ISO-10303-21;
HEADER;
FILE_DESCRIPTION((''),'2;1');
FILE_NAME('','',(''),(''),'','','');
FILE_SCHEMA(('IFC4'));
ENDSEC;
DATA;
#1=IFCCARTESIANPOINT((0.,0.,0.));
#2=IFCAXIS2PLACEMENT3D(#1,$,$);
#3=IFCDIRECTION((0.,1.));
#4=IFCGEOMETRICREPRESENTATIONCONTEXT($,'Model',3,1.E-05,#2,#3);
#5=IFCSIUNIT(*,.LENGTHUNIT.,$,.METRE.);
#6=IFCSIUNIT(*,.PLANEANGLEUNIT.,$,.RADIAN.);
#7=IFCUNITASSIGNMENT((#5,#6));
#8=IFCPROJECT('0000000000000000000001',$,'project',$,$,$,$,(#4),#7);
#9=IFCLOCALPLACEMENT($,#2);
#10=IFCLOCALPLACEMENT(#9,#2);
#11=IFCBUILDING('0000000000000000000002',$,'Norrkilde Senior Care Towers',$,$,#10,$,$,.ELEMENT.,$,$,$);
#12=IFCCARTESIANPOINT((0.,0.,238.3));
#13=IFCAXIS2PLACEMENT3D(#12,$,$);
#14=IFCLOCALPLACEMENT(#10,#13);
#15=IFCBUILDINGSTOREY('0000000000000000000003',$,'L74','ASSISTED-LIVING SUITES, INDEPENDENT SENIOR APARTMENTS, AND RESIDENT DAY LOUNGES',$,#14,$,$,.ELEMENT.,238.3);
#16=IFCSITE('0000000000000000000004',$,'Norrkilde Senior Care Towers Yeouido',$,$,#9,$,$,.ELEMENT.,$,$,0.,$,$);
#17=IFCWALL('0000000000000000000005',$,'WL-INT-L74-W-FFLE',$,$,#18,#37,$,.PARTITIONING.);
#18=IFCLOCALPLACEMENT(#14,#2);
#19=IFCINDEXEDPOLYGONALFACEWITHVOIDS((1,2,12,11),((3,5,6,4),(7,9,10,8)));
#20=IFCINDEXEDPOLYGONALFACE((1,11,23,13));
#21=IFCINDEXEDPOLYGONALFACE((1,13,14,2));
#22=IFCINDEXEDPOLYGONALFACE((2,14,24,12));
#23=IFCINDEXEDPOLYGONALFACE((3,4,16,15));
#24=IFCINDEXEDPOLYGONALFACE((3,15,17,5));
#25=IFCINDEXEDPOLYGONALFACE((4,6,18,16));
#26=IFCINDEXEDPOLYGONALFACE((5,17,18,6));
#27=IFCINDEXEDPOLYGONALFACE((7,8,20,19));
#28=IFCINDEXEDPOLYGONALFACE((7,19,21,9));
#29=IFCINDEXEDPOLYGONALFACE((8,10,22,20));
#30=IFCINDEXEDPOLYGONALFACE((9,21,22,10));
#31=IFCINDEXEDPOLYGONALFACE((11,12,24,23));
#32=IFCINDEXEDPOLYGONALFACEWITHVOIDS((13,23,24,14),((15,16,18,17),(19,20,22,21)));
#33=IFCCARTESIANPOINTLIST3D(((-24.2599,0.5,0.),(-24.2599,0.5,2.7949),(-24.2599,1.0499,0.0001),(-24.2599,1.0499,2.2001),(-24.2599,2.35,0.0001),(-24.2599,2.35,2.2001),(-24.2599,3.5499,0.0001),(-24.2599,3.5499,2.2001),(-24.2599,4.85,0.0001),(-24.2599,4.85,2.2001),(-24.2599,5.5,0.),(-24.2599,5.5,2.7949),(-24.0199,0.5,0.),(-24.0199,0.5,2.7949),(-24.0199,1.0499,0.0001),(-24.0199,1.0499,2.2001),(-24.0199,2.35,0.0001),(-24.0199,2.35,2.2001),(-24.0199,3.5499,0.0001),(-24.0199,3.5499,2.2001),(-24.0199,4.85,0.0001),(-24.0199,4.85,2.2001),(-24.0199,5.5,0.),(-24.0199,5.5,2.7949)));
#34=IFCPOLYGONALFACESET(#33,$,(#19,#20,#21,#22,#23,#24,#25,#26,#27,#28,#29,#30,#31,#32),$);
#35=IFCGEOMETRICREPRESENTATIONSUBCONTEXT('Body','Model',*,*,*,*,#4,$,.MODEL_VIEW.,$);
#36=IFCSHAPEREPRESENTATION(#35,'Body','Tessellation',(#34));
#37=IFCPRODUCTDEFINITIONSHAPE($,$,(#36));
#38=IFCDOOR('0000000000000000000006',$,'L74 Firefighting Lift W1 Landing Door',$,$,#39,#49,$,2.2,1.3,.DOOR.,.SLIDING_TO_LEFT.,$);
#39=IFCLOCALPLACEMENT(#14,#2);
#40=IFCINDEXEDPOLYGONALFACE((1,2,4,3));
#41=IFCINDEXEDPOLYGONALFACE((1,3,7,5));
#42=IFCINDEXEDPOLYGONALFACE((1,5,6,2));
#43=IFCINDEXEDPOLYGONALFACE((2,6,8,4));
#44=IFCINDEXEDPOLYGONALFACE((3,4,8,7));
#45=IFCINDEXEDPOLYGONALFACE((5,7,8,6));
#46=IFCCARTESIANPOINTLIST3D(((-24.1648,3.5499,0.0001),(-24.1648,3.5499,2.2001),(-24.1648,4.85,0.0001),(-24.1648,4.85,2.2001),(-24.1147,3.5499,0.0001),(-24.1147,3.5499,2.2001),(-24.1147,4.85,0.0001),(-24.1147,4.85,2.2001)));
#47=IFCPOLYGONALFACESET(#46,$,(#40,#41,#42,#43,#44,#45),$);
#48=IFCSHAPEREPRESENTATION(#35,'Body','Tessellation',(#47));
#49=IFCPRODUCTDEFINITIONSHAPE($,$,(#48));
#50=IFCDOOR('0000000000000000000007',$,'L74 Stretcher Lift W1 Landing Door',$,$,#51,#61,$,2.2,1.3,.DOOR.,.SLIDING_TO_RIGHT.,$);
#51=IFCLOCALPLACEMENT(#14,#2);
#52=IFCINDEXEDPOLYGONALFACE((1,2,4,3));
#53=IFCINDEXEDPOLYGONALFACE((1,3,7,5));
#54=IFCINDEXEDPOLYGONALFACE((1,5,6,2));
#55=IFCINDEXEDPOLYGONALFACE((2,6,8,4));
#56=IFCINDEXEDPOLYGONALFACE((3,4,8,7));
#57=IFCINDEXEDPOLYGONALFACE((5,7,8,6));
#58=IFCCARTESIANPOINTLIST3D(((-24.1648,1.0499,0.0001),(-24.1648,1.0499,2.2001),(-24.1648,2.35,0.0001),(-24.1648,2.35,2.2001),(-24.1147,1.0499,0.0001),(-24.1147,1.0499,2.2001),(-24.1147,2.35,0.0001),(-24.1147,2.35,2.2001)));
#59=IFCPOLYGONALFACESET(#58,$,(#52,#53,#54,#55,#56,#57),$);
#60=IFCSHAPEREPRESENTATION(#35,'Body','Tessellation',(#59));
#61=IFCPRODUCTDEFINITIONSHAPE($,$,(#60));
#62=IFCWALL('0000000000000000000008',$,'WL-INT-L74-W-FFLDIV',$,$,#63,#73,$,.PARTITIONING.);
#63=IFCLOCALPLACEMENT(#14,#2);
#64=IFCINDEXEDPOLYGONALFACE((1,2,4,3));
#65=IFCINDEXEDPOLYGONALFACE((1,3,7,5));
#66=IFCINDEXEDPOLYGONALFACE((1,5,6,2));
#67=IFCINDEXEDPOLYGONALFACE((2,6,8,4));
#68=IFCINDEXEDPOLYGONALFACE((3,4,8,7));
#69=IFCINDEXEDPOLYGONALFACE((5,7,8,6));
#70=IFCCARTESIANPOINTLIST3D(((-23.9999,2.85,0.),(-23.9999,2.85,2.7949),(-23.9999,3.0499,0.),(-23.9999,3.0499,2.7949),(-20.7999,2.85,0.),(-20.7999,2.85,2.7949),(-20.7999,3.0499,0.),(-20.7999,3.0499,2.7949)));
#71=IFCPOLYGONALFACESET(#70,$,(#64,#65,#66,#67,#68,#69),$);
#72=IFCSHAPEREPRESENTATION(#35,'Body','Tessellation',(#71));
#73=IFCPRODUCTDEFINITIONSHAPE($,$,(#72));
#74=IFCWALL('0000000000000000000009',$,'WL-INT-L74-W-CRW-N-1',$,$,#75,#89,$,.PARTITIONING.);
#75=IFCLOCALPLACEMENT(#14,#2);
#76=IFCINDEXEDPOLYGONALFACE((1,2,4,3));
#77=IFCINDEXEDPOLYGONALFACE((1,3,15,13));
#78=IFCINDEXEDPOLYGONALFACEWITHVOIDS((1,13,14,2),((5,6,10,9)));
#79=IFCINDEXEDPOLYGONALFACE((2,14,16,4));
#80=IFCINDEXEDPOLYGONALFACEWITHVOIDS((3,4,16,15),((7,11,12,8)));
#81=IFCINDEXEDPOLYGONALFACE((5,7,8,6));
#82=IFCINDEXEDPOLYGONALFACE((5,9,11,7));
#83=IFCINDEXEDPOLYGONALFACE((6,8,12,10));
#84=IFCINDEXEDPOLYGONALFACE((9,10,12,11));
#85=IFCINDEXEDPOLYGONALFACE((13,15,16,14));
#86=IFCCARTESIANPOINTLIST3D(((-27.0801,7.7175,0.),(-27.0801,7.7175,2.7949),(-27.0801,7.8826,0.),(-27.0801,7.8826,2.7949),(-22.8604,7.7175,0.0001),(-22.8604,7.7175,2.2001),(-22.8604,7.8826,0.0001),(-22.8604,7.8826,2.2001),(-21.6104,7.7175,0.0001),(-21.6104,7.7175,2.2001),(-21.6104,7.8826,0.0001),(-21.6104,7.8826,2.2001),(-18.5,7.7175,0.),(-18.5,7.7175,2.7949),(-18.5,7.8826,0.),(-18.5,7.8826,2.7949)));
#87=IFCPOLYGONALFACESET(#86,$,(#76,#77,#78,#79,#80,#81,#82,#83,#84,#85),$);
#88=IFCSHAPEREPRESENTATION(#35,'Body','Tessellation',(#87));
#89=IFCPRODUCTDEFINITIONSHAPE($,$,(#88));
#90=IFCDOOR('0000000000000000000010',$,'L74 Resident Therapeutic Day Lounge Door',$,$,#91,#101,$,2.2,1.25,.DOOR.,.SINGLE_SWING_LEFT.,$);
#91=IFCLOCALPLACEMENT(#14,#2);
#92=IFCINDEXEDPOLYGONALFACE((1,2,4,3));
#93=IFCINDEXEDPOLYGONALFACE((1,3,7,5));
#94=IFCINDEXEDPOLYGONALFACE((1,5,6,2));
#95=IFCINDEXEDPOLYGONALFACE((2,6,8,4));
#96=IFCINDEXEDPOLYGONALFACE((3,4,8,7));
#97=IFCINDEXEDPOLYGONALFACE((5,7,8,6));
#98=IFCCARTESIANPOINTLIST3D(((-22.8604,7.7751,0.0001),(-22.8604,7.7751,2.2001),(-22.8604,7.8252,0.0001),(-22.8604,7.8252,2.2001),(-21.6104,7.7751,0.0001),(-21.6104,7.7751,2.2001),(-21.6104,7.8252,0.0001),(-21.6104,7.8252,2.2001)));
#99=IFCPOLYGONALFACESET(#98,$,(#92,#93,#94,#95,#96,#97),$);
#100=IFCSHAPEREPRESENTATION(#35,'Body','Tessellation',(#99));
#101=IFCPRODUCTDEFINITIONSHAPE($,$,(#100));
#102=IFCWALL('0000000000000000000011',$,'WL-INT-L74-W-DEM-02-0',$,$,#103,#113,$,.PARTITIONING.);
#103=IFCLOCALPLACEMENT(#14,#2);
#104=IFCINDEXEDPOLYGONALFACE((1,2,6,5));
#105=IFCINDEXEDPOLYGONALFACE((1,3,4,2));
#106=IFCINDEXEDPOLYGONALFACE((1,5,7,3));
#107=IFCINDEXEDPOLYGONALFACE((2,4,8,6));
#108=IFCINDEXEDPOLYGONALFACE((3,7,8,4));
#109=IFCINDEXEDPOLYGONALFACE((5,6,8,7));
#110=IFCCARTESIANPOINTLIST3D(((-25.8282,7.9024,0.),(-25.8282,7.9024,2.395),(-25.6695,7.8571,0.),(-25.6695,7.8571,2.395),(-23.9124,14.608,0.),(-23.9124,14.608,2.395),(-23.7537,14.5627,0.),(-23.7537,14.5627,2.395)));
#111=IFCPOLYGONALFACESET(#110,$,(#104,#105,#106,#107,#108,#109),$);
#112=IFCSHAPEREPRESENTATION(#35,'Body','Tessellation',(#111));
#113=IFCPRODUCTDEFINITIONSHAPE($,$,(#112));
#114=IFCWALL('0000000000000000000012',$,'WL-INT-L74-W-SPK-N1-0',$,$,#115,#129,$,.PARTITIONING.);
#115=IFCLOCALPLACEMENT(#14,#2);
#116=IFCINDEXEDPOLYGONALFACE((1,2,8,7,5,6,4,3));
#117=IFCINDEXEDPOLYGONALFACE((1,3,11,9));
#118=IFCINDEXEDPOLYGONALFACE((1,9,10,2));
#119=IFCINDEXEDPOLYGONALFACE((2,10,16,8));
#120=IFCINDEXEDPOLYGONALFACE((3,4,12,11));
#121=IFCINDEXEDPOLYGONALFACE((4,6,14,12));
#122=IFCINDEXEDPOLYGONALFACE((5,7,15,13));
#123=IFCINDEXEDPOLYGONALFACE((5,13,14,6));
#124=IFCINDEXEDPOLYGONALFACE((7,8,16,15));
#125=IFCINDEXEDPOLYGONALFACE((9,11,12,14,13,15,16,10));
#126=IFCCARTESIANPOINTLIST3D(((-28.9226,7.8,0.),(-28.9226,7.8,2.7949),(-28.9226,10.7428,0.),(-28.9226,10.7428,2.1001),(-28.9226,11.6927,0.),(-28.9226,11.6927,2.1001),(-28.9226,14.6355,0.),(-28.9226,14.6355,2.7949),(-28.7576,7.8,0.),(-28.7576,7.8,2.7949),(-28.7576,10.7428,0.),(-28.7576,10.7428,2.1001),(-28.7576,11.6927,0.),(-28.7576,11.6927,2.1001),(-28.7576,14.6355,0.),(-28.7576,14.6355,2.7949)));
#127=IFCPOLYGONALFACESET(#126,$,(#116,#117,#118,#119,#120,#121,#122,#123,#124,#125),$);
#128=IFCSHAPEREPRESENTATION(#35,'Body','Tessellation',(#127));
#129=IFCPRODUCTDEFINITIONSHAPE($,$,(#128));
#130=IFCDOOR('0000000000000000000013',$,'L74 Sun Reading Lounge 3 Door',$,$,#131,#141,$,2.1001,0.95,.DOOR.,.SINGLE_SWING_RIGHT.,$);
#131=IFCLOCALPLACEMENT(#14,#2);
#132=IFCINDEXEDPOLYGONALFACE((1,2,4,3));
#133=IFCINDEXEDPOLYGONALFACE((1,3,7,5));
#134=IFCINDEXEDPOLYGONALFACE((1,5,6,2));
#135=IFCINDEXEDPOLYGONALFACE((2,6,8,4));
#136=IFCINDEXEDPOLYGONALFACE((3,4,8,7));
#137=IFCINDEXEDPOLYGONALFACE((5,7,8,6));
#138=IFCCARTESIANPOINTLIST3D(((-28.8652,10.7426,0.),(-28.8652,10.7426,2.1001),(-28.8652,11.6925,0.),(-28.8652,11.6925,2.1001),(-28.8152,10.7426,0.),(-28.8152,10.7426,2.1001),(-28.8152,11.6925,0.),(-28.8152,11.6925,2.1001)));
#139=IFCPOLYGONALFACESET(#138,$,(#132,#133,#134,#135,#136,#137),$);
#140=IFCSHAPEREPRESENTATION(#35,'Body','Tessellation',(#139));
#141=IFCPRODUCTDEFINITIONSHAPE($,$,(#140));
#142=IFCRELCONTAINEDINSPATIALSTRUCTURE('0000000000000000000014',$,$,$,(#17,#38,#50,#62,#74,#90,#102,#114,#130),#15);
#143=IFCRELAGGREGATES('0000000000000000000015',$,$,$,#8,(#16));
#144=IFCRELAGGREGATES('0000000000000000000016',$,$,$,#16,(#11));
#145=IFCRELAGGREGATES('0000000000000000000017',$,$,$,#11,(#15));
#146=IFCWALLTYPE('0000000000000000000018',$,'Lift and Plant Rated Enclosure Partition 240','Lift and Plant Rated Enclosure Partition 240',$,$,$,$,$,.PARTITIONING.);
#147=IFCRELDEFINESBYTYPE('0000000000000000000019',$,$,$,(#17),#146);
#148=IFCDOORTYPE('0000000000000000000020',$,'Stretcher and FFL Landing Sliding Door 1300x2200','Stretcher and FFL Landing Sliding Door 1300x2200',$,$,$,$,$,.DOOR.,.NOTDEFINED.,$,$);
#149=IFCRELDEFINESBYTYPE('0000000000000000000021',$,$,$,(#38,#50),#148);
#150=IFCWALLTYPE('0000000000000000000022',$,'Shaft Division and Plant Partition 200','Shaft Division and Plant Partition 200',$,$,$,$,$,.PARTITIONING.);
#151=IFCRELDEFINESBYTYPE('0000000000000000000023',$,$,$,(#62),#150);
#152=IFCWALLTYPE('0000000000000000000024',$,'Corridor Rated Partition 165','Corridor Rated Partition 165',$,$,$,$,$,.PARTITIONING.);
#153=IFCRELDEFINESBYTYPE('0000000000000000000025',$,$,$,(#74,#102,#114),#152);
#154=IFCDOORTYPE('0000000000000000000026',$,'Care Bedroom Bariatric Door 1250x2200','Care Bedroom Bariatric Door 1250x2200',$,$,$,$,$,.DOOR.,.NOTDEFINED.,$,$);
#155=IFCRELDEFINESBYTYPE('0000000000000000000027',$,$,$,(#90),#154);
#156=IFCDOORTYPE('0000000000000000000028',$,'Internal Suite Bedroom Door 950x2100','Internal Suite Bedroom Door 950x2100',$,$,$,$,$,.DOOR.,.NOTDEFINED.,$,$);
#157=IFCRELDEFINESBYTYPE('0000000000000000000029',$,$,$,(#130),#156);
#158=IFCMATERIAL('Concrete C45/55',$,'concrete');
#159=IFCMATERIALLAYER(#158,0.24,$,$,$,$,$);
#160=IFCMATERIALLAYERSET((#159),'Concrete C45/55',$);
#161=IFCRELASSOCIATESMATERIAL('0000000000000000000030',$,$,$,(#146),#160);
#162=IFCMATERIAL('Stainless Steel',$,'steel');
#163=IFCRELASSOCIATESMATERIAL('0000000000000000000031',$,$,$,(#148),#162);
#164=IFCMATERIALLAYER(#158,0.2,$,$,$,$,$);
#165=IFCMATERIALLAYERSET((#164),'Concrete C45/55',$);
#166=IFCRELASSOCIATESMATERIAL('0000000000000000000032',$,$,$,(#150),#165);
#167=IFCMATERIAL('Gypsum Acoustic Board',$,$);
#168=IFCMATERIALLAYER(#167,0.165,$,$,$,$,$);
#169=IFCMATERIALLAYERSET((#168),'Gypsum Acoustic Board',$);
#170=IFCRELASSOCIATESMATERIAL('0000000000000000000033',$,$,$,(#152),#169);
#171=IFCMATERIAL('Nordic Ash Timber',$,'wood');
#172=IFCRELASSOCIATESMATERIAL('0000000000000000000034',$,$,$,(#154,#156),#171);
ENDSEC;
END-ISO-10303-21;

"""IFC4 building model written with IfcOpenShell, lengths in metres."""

from ifc_helpers import new_model, si_unit, direction, frame, frame_2d, origin, place, context, subcontext, project, spatial, rectangle, extrude, source, transform, mapped, material, layer, layer_set, type_object, type_shapes, element, fill, save


model = new_model("IFC4")

# Units and contexts
model_context = context("Model", 3, precision=1e-05, world=origin(), true_north=direction((0.0, 1.0)))
body_context = subcontext(model_context, "Body", "Model", "MODEL_VIEW")
ifc_project = project(units=[si_unit("LENGTHUNIT", "METRE"), si_unit("PLANEANGLEUNIT", "RADIAN")], contexts=[model_context])

# Site, building, storey
site_placement = place(None, origin())
site = spatial("IfcSite", under=ifc_project, at=site_placement, Name="Norrkilde Senior Care Towers Yeouido", CompositionType="ELEMENT", RefElevation=0.0)
building_placement = place(site_placement, origin())
building = spatial("IfcBuilding", under=site, at=building_placement, Name="Norrkilde Senior Care Towers", CompositionType="ELEMENT")
storey_placement = place(building_placement, frame((0.0, 0.0, 238.3)))
storey = spatial("IfcBuildingStorey", under=building, at=storey_placement, Name="L74", Description="ASSISTED-LIVING SUITES, INDEPENDENT SENIOR APARTMENTS, AND RESIDENT DAY LOUNGES", CompositionType="ELEMENT", Elevation=238.3)

# Wall, openings, doors
ifc_material_1 = material(Name="Concrete C45/55", Category="concrete")
ifc_layer_1 = layer(ifc_material_1, 0.24)
ifc_layer_set_1 = layer_set([ifc_layer_1], Name="Concrete C45/55")
wall_type_1 = type_object("IfcWallType", Name="Lift and Plant Rated Enclosure Partition 240", Description="Lift and Plant Rated Enclosure Partition 240", PredefinedType="PARTITIONING", material=ifc_layer_set_1)
shared_shape_1 = source(origin(), body_context, "Body", "SweptSolid", [
    extrude(rectangle(XDim=5.0, YDim=0.24, at=frame_2d((2.5, 0.0))), origin(), (0.0, 0.0, 1.0), 2.7949),
])
type_shapes(wall_type_1, [shared_shape_1])
wall_1_placement = place(storey_placement, frame((-24.1399, 0.5, 0.0), z_axis=(0.0, 0.0, 1.0), x_axis=(0.0, 1.0, 0.0)))
wall_1 = element("IfcWall", 1, at=wall_1_placement, inside=storey, type_object=wall_type_1, Name="WL-INT-L74-W-FFLE", PredefinedType="PARTITIONING", context=body_context, shape_type="MappedRepresentation", body=[
    mapped(shared_shape_1, transform((0.0, 0.0, 0.0), x_axis=(1.0, 0.0, 0.0), y_axis=(0.0, 1.0, 0.0), z_axis=(0.0, 0.0, 1.0), scale=1.0)),
])
opening_1_placement = place(wall_1_placement, frame((3.05, 0.0, 0.0)))
opening_1 = element("IfcOpeningElement", 2, at=opening_1_placement, cuts=wall_1, PredefinedType="OPENING", context=body_context, shape_type="SweptSolid", body=[
    extrude(rectangle(XDim=1.3, YDim=2.2, at=frame_2d((0.6499, 1.1001))), frame((0.0, 0.1299, 0.0), z_axis=(0.0, -1.0, 0.0), x_axis=(1.0, 0.0, 0.0)), (0.0, 0.0, 1.0), 0.26),
])
opening_2_placement = place(wall_1_placement, frame((0.55, 0.0, 0.0)))
opening_2 = element("IfcOpeningElement", 3, at=opening_2_placement, cuts=wall_1, PredefinedType="OPENING", context=body_context, shape_type="SweptSolid", body=[
    extrude(rectangle(XDim=1.3, YDim=2.2, at=frame_2d((0.6499, 1.1001))), frame((0.0, 0.1299, 0.0), z_axis=(0.0, -1.0, 0.0), x_axis=(1.0, 0.0, 0.0)), (0.0, 0.0, 1.0), 0.26),
])
ifc_material_2 = material(Name="Stainless Steel", Category="steel")
door_type_1 = type_object("IfcDoorType", Name="Stretcher and FFL Landing Sliding Door 1300x2200", Description="Stretcher and FFL Landing Sliding Door 1300x2200", OperationType="NOTDEFINED", PredefinedType="DOOR", material=ifc_material_2)
shared_shape_2 = source(origin(), body_context, "Body", "SweptSolid", [
    extrude(rectangle(XDim=1.3, YDim=2.2, at=frame_2d((0.6499, 1.1001))), frame((0.0, 0.0249, 0.0), z_axis=(0.0, -1.0, 0.0), x_axis=(1.0, 0.0, 0.0)), (0.0, 0.0, 1.0), 0.05),
])
type_shapes(door_type_1, [shared_shape_2])
door_1_placement = place(opening_1_placement, origin())
door_1 = element("IfcDoor", 4, at=door_1_placement, inside=storey, type_object=door_type_1, Name="L74 Firefighting Lift W1 Landing Door", OperationType="SLIDING_TO_LEFT", OverallHeight=2.2, OverallWidth=1.3, PredefinedType="DOOR", context=body_context, shape_type="MappedRepresentation", body=[
    mapped(shared_shape_2, transform((0.0, 0.0, 0.0), x_axis=(1.0, 0.0, 0.0), y_axis=(0.0, 1.0, 0.0), z_axis=(0.0, 0.0, 1.0), scale=1.0)),
])
fill(opening_1, door_1)
door_2_placement = place(opening_2_placement, origin())
door_2 = element("IfcDoor", 5, at=door_2_placement, inside=storey, type_object=door_type_1, Name="L74 Stretcher Lift W1 Landing Door", OperationType="SLIDING_TO_RIGHT", OverallHeight=2.2, OverallWidth=1.3, PredefinedType="DOOR", context=body_context, shape_type="MappedRepresentation", body=[
    mapped(shared_shape_2, transform((0.0, 0.0, 0.0), x_axis=(1.0, 0.0, 0.0), y_axis=(0.0, 1.0, 0.0), z_axis=(0.0, 0.0, 1.0), scale=1.0)),
])
fill(opening_2, door_2)

# Wall
ifc_layer_2 = layer(ifc_material_1, 0.2)
ifc_layer_set_2 = layer_set([ifc_layer_2], Name="Concrete C45/55")
wall_type_2 = type_object("IfcWallType", Name="Shaft Division and Plant Partition 200", Description="Shaft Division and Plant Partition 200", PredefinedType="PARTITIONING", material=ifc_layer_set_2)
shared_shape_3 = source(origin(), body_context, "Body", "SweptSolid", [
    extrude(rectangle(XDim=3.2, YDim=0.2, at=frame_2d((1.6001, 0.0))), origin(), (0.0, 0.0, 1.0), 2.7949),
])
type_shapes(wall_type_2, [shared_shape_3])
wall_2_placement = place(storey_placement, frame((-24.0, 2.95, 0.0), z_axis=(0.0, 0.0, 1.0), x_axis=(1.0, 0.0, 0.0)))
element("IfcWall", 6, at=wall_2_placement, inside=storey, type_object=wall_type_2, Name="WL-INT-L74-W-FFLDIV", PredefinedType="PARTITIONING", context=body_context, shape_type="MappedRepresentation", body=[
    mapped(shared_shape_3, transform((0.0, 0.0, 0.0), x_axis=(1.0, 0.0, 0.0), y_axis=(0.0, 1.0, 0.0), z_axis=(0.0, 0.0, 1.0), scale=1.0)),
])

# Wall, opening, door
ifc_material_3 = material(Name="Gypsum Acoustic Board")
ifc_layer_3 = layer(ifc_material_3, 0.165)
ifc_layer_set_3 = layer_set([ifc_layer_3], Name="Gypsum Acoustic Board")
wall_type_3 = type_object("IfcWallType", Name="Corridor Rated Partition 165", Description="Corridor Rated Partition 165", PredefinedType="PARTITIONING", material=ifc_layer_set_3)
shared_shape_4 = source(origin(), body_context, "Body", "SweptSolid", [
    extrude(rectangle(XDim=8.5801, YDim=0.165, at=frame_2d((4.29, 0.0))), origin(), (0.0, 0.0, 1.0), 2.7949),
])
wall_3_placement = place(storey_placement, frame((-27.0801, 7.8, 0.0), z_axis=(0.0, 0.0, 1.0), x_axis=(1.0, 0.0, 0.0)))
wall_3 = element("IfcWall", 7, at=wall_3_placement, inside=storey, type_object=wall_type_3, Name="WL-INT-L74-W-CRW-N-1", PredefinedType="PARTITIONING", context=body_context, shape_type="MappedRepresentation", body=[
    mapped(shared_shape_4, transform((0.0, 0.0, 0.0), x_axis=(1.0, 0.0, 0.0), y_axis=(0.0, 1.0, 0.0), z_axis=(0.0, 0.0, 1.0), scale=1.0)),
])
opening_3_placement = place(wall_3_placement, frame((4.2197, 0.0, 0.0)))
opening_3 = element("IfcOpeningElement", 8, at=opening_3_placement, cuts=wall_3, PredefinedType="OPENING", context=body_context, shape_type="SweptSolid", body=[
    extrude(rectangle(XDim=1.25, YDim=2.2, at=frame_2d((0.625, 1.1001))), frame((0.0, 0.0925, 0.0), z_axis=(0.0, -1.0, 0.0), x_axis=(1.0, 0.0, 0.0)), (0.0, 0.0, 1.0), 0.1851),
])
ifc_material_4 = material(Name="Nordic Ash Timber", Category="wood")
door_type_2 = type_object("IfcDoorType", Name="Care Bedroom Bariatric Door 1250x2200", Description="Care Bedroom Bariatric Door 1250x2200", OperationType="NOTDEFINED", PredefinedType="DOOR", material=ifc_material_4)
shared_shape_5 = source(origin(), body_context, "Body", "SweptSolid", [
    extrude(rectangle(XDim=1.25, YDim=2.2, at=frame_2d((0.625, 1.1001))), frame((0.0, 0.0249, 0.0), z_axis=(0.0, -1.0, 0.0), x_axis=(1.0, 0.0, 0.0)), (0.0, 0.0, 1.0), 0.05),
])
type_shapes(door_type_2, [shared_shape_5])
door_3_placement = place(opening_3_placement, frame((1.25, 0.0, 0.0), z_axis=(0.0, 0.0, 1.0), x_axis=(-1.0, 0.0, 0.0)))
door_3 = element("IfcDoor", 9, at=door_3_placement, inside=storey, type_object=door_type_2, Name="L74 Resident Therapeutic Day Lounge Door", OperationType="SINGLE_SWING_LEFT", OverallHeight=2.2, OverallWidth=1.25, PredefinedType="DOOR", context=body_context, shape_type="MappedRepresentation", body=[
    mapped(shared_shape_5, transform((0.0, 0.0, 0.0), x_axis=(1.0, 0.0, 0.0), y_axis=(0.0, 1.0, 0.0), z_axis=(0.0, 0.0, 1.0), scale=1.0)),
])
fill(opening_3, door_3)

# Wall
shared_shape_6 = source(origin(), body_context, "Body", "SweptSolid", [
    extrude(rectangle(XDim=6.9739, YDim=0.165, at=frame_2d((3.4868, 0.0))), origin(), (0.0, 0.0, 1.0), 2.395),
])
wall_4_placement = place(storey_placement, frame((-25.7488, 7.8799, 0.0), z_axis=(0.0, 0.0, 1.0), x_axis=(0.274707, 0.961528, 0.0)))
element("IfcWall", 10, at=wall_4_placement, inside=storey, type_object=wall_type_3, Name="WL-INT-L74-W-DEM-02-0", PredefinedType="PARTITIONING", context=body_context, shape_type="MappedRepresentation", body=[
    mapped(shared_shape_6, transform((0.0, 0.0, 0.0), x_axis=(1.0, 0.0, 0.0), y_axis=(0.0, 1.0, 0.0), z_axis=(0.0, 0.0, 1.0), scale=1.0)),
])

# Wall, opening, door
shared_shape_7 = source(origin(), body_context, "Body", "SweptSolid", [
    extrude(rectangle(XDim=6.8354, YDim=0.165, at=frame_2d((3.4177, 0.0))), origin(), (0.0, 0.0, 1.0), 2.7949),
])
type_shapes(wall_type_3, [shared_shape_4, shared_shape_6, shared_shape_7])
wall_5_placement = place(storey_placement, frame((-28.8401, 7.8, 0.0), z_axis=(0.0, 0.0, 1.0), x_axis=(0.0, 1.0, 0.0)))
wall_5 = element("IfcWall", 11, at=wall_5_placement, inside=storey, type_object=wall_type_3, Name="WL-INT-L74-W-SPK-N1-0", PredefinedType="PARTITIONING", context=body_context, shape_type="MappedRepresentation", body=[
    mapped(shared_shape_7, transform((0.0, 0.0, 0.0), x_axis=(1.0, 0.0, 0.0), y_axis=(0.0, 1.0, 0.0), z_axis=(0.0, 0.0, 1.0), scale=1.0)),
])
opening_4_placement = place(wall_5_placement, frame((2.9426, 0.0, 0.0)))
opening_4 = element("IfcOpeningElement", 12, at=opening_4_placement, cuts=wall_5, PredefinedType="OPENING", context=body_context, shape_type="SweptSolid", body=[
    extrude(rectangle(XDim=0.95, YDim=2.1001, at=frame_2d((0.4751, 1.05))), frame((0.0, 0.0925, 0.0), z_axis=(0.0, -1.0, 0.0), x_axis=(1.0, 0.0, 0.0)), (0.0, 0.0, 1.0), 0.1851),
])
door_type_3 = type_object("IfcDoorType", Name="Internal Suite Bedroom Door 950x2100", Description="Internal Suite Bedroom Door 950x2100", OperationType="NOTDEFINED", PredefinedType="DOOR", material=ifc_material_4)
shared_shape_8 = source(origin(), body_context, "Body", "SweptSolid", [
    extrude(rectangle(XDim=0.95, YDim=2.1001, at=frame_2d((0.4751, 1.05))), frame((0.0, 0.0249, 0.0), z_axis=(0.0, -1.0, 0.0), x_axis=(1.0, 0.0, 0.0)), (0.0, 0.0, 1.0), 0.05),
])
type_shapes(door_type_3, [shared_shape_8])
door_4_placement = place(opening_4_placement, frame((0.95, 0.0, 0.0), z_axis=(0.0, 0.0, 1.0), x_axis=(-1.0, 0.0, 0.0)))
door_4 = element("IfcDoor", 13, at=door_4_placement, inside=storey, type_object=door_type_3, Name="L74 Sun Reading Lounge 3 Door", OperationType="SINGLE_SWING_RIGHT", OverallHeight=2.1001, OverallWidth=0.95, PredefinedType="DOOR", context=body_context, shape_type="MappedRepresentation", body=[
    mapped(shared_shape_8, transform((0.0, 0.0, 0.0), x_axis=(1.0, 0.0, 0.0), y_axis=(0.0, 1.0, 0.0), z_axis=(0.0, 0.0, 1.0), scale=1.0)),
])
fill(opening_4, door_4)

save(model, "model.ifc")
